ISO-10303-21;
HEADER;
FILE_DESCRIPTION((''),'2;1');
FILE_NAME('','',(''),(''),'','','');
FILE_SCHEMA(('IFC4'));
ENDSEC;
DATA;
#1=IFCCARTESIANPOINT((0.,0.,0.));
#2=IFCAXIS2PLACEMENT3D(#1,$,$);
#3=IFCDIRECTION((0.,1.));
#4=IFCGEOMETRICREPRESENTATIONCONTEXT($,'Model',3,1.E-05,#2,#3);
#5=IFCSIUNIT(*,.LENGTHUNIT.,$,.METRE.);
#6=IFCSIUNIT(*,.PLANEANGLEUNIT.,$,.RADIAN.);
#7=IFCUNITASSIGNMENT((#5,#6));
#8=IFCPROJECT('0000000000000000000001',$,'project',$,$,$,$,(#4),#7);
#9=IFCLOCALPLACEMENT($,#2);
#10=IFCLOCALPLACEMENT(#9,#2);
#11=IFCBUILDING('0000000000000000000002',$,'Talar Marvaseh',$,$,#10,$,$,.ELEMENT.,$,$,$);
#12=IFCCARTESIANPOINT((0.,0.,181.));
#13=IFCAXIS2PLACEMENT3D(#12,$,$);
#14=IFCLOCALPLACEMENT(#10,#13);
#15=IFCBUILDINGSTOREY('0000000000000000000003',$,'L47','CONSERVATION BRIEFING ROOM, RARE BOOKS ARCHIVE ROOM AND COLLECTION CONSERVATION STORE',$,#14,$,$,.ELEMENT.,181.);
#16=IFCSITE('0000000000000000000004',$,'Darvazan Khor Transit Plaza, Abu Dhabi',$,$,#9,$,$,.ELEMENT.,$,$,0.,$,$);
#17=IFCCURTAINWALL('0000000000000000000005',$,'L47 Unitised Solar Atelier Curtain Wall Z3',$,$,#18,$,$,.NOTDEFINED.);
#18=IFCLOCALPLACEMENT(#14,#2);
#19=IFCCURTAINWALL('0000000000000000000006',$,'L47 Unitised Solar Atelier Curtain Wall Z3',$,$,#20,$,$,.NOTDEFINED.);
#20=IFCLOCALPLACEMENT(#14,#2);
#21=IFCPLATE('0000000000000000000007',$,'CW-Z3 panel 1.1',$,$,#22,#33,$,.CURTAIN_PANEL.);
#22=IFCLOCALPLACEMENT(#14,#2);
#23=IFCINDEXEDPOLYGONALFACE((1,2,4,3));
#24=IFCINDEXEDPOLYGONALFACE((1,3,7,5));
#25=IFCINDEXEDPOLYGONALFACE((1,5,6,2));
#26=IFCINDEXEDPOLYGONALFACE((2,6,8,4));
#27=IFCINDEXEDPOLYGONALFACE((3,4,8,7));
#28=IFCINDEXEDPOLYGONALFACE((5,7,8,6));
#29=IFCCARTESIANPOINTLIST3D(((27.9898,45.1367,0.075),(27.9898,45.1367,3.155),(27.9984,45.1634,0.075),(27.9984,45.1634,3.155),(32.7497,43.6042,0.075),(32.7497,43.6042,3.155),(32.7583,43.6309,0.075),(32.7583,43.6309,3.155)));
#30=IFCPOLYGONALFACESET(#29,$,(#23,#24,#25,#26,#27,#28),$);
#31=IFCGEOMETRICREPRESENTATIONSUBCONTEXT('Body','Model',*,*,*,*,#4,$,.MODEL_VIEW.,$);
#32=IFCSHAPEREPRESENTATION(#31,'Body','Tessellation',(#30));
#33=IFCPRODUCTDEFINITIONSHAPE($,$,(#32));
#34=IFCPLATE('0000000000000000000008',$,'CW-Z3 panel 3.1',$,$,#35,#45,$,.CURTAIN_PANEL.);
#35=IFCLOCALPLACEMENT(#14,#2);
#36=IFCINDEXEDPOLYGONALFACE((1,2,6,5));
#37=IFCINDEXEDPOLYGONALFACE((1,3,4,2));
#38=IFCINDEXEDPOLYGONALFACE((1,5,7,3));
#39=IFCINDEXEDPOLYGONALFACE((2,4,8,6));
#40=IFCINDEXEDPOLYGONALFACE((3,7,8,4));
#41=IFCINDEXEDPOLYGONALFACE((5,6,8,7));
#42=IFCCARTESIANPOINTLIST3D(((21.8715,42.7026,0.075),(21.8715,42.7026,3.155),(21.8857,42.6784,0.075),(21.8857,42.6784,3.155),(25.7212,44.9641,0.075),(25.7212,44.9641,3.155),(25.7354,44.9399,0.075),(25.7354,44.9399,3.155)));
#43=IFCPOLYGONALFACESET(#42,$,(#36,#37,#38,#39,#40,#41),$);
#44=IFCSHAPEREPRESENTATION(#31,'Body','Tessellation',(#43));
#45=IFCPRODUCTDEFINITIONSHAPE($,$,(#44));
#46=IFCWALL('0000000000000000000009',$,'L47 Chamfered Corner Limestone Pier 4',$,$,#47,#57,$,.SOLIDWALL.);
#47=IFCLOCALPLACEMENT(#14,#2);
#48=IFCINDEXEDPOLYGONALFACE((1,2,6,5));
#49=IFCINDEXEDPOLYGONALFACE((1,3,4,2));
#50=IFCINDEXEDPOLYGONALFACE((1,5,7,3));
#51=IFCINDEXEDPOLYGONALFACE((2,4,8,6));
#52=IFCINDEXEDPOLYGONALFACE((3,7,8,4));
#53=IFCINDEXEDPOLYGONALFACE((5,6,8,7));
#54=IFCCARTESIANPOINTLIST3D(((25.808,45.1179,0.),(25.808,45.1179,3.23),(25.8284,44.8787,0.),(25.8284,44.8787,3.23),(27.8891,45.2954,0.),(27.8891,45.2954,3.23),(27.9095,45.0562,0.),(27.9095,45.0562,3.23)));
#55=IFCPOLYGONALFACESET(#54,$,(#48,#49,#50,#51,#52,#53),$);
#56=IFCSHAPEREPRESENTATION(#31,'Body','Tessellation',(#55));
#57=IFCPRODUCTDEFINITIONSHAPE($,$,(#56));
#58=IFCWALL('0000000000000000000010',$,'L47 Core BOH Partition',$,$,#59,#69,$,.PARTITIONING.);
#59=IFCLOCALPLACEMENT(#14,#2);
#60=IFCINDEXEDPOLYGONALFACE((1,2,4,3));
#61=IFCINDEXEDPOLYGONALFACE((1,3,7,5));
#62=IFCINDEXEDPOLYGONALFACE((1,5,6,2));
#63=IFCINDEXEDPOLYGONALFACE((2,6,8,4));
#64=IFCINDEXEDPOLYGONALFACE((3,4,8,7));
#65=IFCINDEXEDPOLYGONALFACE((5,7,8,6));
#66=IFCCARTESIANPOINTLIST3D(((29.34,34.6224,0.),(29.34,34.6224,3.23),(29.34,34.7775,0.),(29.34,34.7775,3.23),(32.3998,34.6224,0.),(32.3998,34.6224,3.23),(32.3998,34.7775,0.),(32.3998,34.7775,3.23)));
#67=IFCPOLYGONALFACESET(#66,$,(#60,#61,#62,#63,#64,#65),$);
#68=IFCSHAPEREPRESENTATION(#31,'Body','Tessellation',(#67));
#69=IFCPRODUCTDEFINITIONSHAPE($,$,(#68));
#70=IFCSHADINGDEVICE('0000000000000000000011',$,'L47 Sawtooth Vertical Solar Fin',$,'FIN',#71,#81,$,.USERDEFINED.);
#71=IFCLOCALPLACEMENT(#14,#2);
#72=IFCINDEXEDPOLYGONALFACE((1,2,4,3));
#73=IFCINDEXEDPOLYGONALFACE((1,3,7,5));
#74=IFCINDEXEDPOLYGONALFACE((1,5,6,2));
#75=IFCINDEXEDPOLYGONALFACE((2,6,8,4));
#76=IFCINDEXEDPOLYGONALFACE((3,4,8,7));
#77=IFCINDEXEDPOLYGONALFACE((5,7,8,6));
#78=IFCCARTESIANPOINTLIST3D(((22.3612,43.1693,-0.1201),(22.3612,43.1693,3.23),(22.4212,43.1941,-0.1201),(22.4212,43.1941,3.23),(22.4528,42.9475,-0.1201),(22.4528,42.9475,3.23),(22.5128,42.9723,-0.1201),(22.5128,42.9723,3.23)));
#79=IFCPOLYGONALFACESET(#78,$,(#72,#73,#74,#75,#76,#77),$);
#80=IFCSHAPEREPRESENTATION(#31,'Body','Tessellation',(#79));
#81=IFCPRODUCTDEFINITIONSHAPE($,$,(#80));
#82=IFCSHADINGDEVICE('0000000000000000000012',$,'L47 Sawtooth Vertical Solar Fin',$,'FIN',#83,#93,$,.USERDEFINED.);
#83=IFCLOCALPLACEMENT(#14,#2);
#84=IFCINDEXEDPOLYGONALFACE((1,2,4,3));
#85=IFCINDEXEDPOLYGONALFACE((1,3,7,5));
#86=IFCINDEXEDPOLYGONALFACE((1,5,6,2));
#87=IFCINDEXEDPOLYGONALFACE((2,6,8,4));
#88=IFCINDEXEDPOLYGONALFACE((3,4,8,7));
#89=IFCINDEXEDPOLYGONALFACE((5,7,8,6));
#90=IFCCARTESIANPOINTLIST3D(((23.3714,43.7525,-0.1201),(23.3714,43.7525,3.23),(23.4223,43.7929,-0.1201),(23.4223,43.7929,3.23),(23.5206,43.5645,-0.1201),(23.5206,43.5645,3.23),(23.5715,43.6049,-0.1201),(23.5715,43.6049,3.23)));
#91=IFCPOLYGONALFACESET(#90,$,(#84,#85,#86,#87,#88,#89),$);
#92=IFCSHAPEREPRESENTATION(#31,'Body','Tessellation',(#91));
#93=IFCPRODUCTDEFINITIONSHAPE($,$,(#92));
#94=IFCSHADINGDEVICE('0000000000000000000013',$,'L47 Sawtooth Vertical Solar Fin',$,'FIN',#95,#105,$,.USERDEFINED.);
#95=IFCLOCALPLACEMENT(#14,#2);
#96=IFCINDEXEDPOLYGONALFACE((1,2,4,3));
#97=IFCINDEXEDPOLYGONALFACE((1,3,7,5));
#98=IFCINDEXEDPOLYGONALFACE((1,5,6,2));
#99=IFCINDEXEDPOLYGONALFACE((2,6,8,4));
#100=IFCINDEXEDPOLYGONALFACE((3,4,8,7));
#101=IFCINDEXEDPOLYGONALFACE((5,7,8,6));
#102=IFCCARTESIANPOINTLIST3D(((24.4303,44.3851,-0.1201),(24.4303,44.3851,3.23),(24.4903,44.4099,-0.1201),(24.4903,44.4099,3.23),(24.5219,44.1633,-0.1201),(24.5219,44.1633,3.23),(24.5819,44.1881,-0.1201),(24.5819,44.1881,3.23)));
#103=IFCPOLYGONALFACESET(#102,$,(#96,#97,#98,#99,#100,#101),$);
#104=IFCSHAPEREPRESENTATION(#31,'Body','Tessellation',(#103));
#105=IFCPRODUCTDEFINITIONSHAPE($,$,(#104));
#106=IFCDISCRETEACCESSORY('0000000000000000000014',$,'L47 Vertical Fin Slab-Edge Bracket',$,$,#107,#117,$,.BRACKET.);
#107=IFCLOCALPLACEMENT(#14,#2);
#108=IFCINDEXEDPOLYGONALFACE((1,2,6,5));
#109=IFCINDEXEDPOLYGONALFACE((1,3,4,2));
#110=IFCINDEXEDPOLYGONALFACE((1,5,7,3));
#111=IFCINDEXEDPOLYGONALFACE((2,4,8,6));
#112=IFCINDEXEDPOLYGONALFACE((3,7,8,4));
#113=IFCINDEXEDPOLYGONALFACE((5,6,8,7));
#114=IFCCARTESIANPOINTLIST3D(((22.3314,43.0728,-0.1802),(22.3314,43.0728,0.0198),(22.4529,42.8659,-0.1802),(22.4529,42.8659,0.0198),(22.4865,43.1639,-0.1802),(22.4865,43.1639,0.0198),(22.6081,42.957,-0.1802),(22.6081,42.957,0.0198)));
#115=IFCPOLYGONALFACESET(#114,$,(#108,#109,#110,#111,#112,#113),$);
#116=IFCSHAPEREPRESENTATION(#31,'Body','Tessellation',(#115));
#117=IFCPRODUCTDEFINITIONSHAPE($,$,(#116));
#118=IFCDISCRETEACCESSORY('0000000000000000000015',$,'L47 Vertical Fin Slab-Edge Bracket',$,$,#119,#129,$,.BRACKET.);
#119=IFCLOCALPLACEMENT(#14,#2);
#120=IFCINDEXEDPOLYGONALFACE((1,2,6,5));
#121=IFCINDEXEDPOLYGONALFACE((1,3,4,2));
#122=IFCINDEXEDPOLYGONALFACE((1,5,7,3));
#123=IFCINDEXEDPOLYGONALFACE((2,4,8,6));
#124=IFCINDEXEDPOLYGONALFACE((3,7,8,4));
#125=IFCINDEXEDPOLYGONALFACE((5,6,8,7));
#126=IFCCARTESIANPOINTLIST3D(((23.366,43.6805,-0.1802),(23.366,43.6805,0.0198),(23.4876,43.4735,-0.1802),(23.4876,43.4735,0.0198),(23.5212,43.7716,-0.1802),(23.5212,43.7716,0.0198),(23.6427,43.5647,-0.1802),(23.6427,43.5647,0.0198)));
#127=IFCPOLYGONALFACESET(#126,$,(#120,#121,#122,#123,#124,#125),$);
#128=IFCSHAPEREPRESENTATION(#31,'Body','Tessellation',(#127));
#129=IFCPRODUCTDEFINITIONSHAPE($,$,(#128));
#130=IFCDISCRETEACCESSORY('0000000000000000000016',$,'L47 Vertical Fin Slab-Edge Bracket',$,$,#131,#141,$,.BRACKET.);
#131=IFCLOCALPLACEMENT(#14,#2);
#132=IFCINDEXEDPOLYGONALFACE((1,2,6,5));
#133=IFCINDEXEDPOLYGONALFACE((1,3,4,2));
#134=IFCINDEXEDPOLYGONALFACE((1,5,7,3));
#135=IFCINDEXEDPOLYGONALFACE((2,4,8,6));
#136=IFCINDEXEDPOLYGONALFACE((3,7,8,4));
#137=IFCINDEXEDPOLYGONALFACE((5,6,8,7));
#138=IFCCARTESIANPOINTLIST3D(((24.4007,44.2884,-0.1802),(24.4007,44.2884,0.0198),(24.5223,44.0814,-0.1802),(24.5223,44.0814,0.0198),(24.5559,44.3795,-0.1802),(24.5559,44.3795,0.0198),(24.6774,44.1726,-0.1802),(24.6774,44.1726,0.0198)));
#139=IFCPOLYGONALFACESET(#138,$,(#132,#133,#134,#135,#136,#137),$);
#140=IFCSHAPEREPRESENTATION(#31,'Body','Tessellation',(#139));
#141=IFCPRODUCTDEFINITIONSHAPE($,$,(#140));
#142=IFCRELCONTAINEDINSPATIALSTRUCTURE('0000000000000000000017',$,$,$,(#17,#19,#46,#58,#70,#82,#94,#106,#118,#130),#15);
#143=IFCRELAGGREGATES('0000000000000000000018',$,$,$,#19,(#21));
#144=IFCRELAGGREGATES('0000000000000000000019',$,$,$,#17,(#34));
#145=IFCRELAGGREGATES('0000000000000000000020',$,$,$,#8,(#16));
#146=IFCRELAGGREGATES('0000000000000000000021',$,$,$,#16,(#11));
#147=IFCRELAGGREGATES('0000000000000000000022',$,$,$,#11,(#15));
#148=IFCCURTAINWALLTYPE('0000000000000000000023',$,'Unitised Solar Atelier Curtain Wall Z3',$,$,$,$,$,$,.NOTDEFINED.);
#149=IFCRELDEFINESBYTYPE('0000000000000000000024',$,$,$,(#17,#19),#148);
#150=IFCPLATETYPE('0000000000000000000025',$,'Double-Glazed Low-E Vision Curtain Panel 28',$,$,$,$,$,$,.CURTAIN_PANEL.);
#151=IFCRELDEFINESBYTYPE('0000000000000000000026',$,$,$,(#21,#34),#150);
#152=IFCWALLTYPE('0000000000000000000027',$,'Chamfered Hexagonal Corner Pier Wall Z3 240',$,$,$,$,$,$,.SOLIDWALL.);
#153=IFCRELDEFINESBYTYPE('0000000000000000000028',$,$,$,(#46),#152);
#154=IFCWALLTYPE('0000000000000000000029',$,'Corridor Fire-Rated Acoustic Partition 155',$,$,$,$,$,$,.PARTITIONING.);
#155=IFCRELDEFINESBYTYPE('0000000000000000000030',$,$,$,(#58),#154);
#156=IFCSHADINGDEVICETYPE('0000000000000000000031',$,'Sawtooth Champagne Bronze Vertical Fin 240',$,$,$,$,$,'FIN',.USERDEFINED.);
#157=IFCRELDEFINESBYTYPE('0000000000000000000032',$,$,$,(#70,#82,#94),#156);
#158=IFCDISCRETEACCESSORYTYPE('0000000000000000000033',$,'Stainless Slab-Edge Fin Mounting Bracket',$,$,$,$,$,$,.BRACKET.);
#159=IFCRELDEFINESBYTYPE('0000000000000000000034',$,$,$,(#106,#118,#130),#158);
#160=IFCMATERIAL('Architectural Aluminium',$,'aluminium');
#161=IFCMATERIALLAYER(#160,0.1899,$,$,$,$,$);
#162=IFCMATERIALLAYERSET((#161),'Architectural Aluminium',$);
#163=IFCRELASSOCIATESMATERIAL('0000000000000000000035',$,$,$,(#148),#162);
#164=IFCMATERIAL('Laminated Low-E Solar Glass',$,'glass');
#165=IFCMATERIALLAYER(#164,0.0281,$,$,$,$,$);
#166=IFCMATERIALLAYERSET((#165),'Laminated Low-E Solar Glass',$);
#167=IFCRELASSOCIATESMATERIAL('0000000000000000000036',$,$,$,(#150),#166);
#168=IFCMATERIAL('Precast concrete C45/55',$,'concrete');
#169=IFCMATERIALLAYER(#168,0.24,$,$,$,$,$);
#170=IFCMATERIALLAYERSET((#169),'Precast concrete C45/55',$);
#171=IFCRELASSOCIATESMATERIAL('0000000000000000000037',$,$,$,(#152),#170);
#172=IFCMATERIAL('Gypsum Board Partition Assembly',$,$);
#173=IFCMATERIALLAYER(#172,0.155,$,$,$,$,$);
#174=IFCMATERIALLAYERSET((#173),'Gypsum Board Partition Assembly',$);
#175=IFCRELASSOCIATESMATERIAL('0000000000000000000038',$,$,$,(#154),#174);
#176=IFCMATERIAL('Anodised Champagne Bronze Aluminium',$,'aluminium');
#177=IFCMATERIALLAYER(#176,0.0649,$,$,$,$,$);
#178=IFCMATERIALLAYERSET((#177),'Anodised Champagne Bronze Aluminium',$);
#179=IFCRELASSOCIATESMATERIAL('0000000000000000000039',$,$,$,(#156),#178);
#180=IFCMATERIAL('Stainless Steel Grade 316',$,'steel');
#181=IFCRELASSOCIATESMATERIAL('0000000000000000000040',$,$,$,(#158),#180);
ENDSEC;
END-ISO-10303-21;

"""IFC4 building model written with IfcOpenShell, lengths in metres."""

from ifc_helpers import new_model, si_unit, direction, frame, frame_2d, origin, origin_2d, place, context, subcontext, project, spatial, rectangle, extrude, source, transform, mapped, material, layer, layer_set, type_object, type_shapes, element, aggregate, save


model = new_model("IFC4")

# Units and contexts
model_context = context("Model", 3, precision=1e-05, world=origin(), true_north=direction((0.0, 1.0)))
body_context = subcontext(model_context, "Body", "Model", "MODEL_VIEW")
ifc_project = project(units=[si_unit("LENGTHUNIT", "METRE"), si_unit("PLANEANGLEUNIT", "RADIAN")], contexts=[model_context])

# Site, building, storey
site_placement = place(None, origin())
site = spatial("IfcSite", under=ifc_project, at=site_placement, Name="Darvazan Khor Transit Plaza, Abu Dhabi", CompositionType="ELEMENT", RefElevation=0.0)
building_placement = place(site_placement, origin())
building = spatial("IfcBuilding", under=site, at=building_placement, Name="Talar Marvaseh", CompositionType="ELEMENT")
storey_placement = place(building_placement, frame((0.0, 0.0, 181.0)))
storey = spatial("IfcBuildingStorey", under=building, at=storey_placement, Name="L47", Description="CONSERVATION BRIEFING ROOM, RARE BOOKS ARCHIVE ROOM AND COLLECTION CONSERVATION STORE", CompositionType="ELEMENT", Elevation=181.0)

# Curtain wall
ifc_material_1 = material(Name="Architectural Aluminium", Category="aluminium")
ifc_layer_1 = layer(ifc_material_1, 0.1899)
ifc_layer_set_1 = layer_set([ifc_layer_1], Name="Architectural Aluminium")
curtain_wall_type = type_object("IfcCurtainWallType", Name="Unitised Solar Atelier Curtain Wall Z3", PredefinedType="NOTDEFINED", material=ifc_layer_set_1)
curtain_wall_1_placement = place(storey_placement, origin())
curtain_wall_1 = element("IfcCurtainWall", 1, at=curtain_wall_1_placement, inside=storey, type_object=curtain_wall_type, Name="L47 Unitised Solar Atelier Curtain Wall Z3", PredefinedType="NOTDEFINED")

# Curtain wall, plate
curtain_wall_2_placement = place(storey_placement, origin())
curtain_wall_2 = element("IfcCurtainWall", 2, at=curtain_wall_2_placement, inside=storey, type_object=curtain_wall_type, Name="L47 Unitised Solar Atelier Curtain Wall Z3", PredefinedType="NOTDEFINED")
ifc_material_2 = material(Name="Laminated Low-E Solar Glass", Category="glass")
ifc_layer_2 = layer(ifc_material_2, 0.0281)
ifc_layer_set_2 = layer_set([ifc_layer_2], Name="Laminated Low-E Solar Glass")
plate_type = type_object("IfcPlateType", Name="Double-Glazed Low-E Vision Curtain Panel 28", PredefinedType="CURTAIN_PANEL", material=ifc_layer_set_2)
shared_shape_1 = source(origin(), body_context, "Body", "SweptSolid", [
    extrude(rectangle(XDim=5.0005, YDim=0.0281, at=origin_2d()), origin(), (0.0, 0.0, 1.0), 3.0801),
])
plate_1_placement = place(storey_placement, frame((30.374, 44.3838, 0.075), z_axis=(0.0, 0.0, 1.0), x_axis=(0.951882, -0.306465, 0.0)))
plate_1 = element("IfcPlate", 3, at=plate_1_placement, type_object=plate_type, Name="CW-Z3 panel 1.1", PredefinedType="CURTAIN_PANEL", context=body_context, shape_type="MappedRepresentation", body=[
    mapped(shared_shape_1, transform((0.0, 0.0, 0.0), x_axis=(1.0, 0.0, 0.0), y_axis=(0.0, 1.0, 0.0), z_axis=(0.0, 0.0, 1.0), scale=1.0)),
])
aggregate(curtain_wall_2, [plate_1])

# Plate
shared_shape_2 = source(origin(), body_context, "Body", "SweptSolid", [
    extrude(rectangle(XDim=4.4648, YDim=0.0281, at=origin_2d()), origin(), (0.0, 0.0, 1.0), 3.0801),
])
type_shapes(plate_type, [shared_shape_1, shared_shape_2])
plate_2_placement = place(storey_placement, frame((23.8035, 43.8213, 0.075), z_axis=(0.0, 0.0, 1.0), x_axis=(0.862232, 0.506514, 0.0)))
plate_2 = element("IfcPlate", 4, at=plate_2_placement, type_object=plate_type, Name="CW-Z3 panel 3.1", PredefinedType="CURTAIN_PANEL", context=body_context, shape_type="MappedRepresentation", body=[
    mapped(shared_shape_2, transform((0.0, 0.0, 0.0), x_axis=(1.0, 0.0, 0.0), y_axis=(0.0, 1.0, 0.0), z_axis=(0.0, 0.0, 1.0), scale=1.0)),
])
aggregate(curtain_wall_1, [plate_2])

# Walls
ifc_material_3 = material(Name="Precast concrete C45/55", Category="concrete")
ifc_layer_3 = layer(ifc_material_3, 0.24)
ifc_layer_set_3 = layer_set([ifc_layer_3], Name="Precast concrete C45/55")
wall_type_1 = type_object("IfcWallType", Name="Chamfered Hexagonal Corner Pier Wall Z3 240", PredefinedType="SOLIDWALL", material=ifc_layer_set_3)
wall_1_placement = place(storey_placement, frame((25.8181, 44.9983, 0.0), z_axis=(0.0, 0.0, 1.0), x_axis=(0.996383, 0.08498, 0.0)))
element("IfcWall", 5, at=wall_1_placement, inside=storey, type_object=wall_type_1, Name="L47 Chamfered Corner Limestone Pier 4", PredefinedType="SOLIDWALL", context=body_context, shape_type="SweptSolid", body=[
    extrude(rectangle(XDim=2.0886, YDim=0.24, at=frame_2d((1.0444, 0.0))), origin(), (0.0, 0.0, 1.0), 3.23),
])
ifc_material_4 = material(Name="Gypsum Board Partition Assembly")
ifc_layer_4 = layer(ifc_material_4, 0.155)
ifc_layer_set_4 = layer_set([ifc_layer_4], Name="Gypsum Board Partition Assembly")
wall_type_2 = type_object("IfcWallType", Name="Corridor Fire-Rated Acoustic Partition 155", PredefinedType="PARTITIONING", material=ifc_layer_set_4)
wall_2_placement = place(storey_placement, frame((29.3401, 34.7, 0.0), z_axis=(0.0, 0.0, 1.0), x_axis=(1.0, 0.0, 0.0)))
element("IfcWall", 6, at=wall_2_placement, inside=storey, type_object=wall_type_2, Name="L47 Core BOH Partition", PredefinedType="PARTITIONING", context=body_context, shape_type="SweptSolid", body=[
    extrude(rectangle(XDim=3.0598, YDim=0.155, at=frame_2d((1.5298, 0.0))), origin(), (0.0, 0.0, 1.0), 3.23),
])

# Shading devices
ifc_material_5 = material(Name="Anodised Champagne Bronze Aluminium", Category="aluminium")
ifc_layer_5 = layer(ifc_material_5, 0.0649)
ifc_layer_set_5 = layer_set([ifc_layer_5], Name="Anodised Champagne Bronze Aluminium")
shading_device_type = type_object("IfcShadingDeviceType", Name="Sawtooth Champagne Bronze Vertical Fin 240", ElementType="FIN", PredefinedType="USERDEFINED", material=ifc_layer_set_5)
shared_shape_3 = source(origin(), body_context, "Body", "SweptSolid", [
    extrude(rectangle(XDim=0.24, YDim=0.0649, at=origin_2d()), origin(), (0.0, 0.0, 1.0), 3.3501),
])
type_shapes(shading_device_type, [shared_shape_3])
for number, where, z_axis, x_axis, name in (
    (7, (22.437, 43.0708, -0.1201), (0.0, 0.0, 1.0), (-0.381554, 0.924346, 0.0), "L47 Sawtooth Vertical Solar Fin"),
    (8, (23.4714, 43.6787, -0.1201), (0.0, 0.0, 1.0), (-0.621558, 0.783368, 0.0), "L47 Sawtooth Vertical Solar Fin"),
    (9, (24.5061, 44.2866, -0.1201), (0.0, 0.0, 1.0), (-0.381554, 0.924346, 0.0), "L47 Sawtooth Vertical Solar Fin"),
):
    element("IfcShadingDevice", number, at=place(storey_placement, frame(where, z_axis=z_axis, x_axis=x_axis)), inside=storey, type_object=shading_device_type, Name=name, ObjectType="FIN", PredefinedType="USERDEFINED", context=body_context, shape_type="MappedRepresentation", body=[
        mapped(shared_shape_3, transform((0.0, 0.0, 0.0), x_axis=(1.0, 0.0, 0.0), y_axis=(0.0, 1.0, 0.0), z_axis=(0.0, 0.0, 1.0), scale=1.0)),
    ])

# Discrete accessories
ifc_material_6 = material(Name="Stainless Steel Grade 316", Category="steel")
discrete_accessory_type = type_object("IfcDiscreteAccessoryType", Name="Stainless Slab-Edge Fin Mounting Bracket", PredefinedType="BRACKET", material=ifc_material_6)
shared_shape_4 = source(origin(), body_context, "Body", "SweptSolid", [
    extrude(rectangle(XDim=0.24, YDim=0.1799, at=origin_2d()), origin(), (0.0, 0.0, 1.0), 0.2),
])
type_shapes(discrete_accessory_type, [shared_shape_4])
for number, where, z_axis, x_axis, name in (
    (10, (22.4697, 43.0149, -0.1802), (0.0, 0.0, 1.0), (-0.506485, 0.862249, 0.0), "L47 Vertical Fin Slab-Edge Bracket"),
    (11, (23.5044, 43.6226, -0.1802), (0.0, 0.0, 1.0), (-0.506485, 0.862249, 0.0), "L47 Vertical Fin Slab-Edge Bracket"),
    (12, (24.5391, 44.2305, -0.1802), (0.0, 0.0, 1.0), (-0.506485, 0.862249, 0.0), "L47 Vertical Fin Slab-Edge Bracket"),
):
    element("IfcDiscreteAccessory", number, at=place(storey_placement, frame(where, z_axis=z_axis, x_axis=x_axis)), inside=storey, type_object=discrete_accessory_type, Name=name, PredefinedType="BRACKET", context=body_context, shape_type="MappedRepresentation", body=[
        mapped(shared_shape_4, transform((0.0, 0.0, 0.0), x_axis=(1.0, 0.0, 0.0), y_axis=(0.0, 1.0, 0.0), z_axis=(0.0, 0.0, 1.0), scale=1.0)),
    ])

save(model, "model.ifc")
